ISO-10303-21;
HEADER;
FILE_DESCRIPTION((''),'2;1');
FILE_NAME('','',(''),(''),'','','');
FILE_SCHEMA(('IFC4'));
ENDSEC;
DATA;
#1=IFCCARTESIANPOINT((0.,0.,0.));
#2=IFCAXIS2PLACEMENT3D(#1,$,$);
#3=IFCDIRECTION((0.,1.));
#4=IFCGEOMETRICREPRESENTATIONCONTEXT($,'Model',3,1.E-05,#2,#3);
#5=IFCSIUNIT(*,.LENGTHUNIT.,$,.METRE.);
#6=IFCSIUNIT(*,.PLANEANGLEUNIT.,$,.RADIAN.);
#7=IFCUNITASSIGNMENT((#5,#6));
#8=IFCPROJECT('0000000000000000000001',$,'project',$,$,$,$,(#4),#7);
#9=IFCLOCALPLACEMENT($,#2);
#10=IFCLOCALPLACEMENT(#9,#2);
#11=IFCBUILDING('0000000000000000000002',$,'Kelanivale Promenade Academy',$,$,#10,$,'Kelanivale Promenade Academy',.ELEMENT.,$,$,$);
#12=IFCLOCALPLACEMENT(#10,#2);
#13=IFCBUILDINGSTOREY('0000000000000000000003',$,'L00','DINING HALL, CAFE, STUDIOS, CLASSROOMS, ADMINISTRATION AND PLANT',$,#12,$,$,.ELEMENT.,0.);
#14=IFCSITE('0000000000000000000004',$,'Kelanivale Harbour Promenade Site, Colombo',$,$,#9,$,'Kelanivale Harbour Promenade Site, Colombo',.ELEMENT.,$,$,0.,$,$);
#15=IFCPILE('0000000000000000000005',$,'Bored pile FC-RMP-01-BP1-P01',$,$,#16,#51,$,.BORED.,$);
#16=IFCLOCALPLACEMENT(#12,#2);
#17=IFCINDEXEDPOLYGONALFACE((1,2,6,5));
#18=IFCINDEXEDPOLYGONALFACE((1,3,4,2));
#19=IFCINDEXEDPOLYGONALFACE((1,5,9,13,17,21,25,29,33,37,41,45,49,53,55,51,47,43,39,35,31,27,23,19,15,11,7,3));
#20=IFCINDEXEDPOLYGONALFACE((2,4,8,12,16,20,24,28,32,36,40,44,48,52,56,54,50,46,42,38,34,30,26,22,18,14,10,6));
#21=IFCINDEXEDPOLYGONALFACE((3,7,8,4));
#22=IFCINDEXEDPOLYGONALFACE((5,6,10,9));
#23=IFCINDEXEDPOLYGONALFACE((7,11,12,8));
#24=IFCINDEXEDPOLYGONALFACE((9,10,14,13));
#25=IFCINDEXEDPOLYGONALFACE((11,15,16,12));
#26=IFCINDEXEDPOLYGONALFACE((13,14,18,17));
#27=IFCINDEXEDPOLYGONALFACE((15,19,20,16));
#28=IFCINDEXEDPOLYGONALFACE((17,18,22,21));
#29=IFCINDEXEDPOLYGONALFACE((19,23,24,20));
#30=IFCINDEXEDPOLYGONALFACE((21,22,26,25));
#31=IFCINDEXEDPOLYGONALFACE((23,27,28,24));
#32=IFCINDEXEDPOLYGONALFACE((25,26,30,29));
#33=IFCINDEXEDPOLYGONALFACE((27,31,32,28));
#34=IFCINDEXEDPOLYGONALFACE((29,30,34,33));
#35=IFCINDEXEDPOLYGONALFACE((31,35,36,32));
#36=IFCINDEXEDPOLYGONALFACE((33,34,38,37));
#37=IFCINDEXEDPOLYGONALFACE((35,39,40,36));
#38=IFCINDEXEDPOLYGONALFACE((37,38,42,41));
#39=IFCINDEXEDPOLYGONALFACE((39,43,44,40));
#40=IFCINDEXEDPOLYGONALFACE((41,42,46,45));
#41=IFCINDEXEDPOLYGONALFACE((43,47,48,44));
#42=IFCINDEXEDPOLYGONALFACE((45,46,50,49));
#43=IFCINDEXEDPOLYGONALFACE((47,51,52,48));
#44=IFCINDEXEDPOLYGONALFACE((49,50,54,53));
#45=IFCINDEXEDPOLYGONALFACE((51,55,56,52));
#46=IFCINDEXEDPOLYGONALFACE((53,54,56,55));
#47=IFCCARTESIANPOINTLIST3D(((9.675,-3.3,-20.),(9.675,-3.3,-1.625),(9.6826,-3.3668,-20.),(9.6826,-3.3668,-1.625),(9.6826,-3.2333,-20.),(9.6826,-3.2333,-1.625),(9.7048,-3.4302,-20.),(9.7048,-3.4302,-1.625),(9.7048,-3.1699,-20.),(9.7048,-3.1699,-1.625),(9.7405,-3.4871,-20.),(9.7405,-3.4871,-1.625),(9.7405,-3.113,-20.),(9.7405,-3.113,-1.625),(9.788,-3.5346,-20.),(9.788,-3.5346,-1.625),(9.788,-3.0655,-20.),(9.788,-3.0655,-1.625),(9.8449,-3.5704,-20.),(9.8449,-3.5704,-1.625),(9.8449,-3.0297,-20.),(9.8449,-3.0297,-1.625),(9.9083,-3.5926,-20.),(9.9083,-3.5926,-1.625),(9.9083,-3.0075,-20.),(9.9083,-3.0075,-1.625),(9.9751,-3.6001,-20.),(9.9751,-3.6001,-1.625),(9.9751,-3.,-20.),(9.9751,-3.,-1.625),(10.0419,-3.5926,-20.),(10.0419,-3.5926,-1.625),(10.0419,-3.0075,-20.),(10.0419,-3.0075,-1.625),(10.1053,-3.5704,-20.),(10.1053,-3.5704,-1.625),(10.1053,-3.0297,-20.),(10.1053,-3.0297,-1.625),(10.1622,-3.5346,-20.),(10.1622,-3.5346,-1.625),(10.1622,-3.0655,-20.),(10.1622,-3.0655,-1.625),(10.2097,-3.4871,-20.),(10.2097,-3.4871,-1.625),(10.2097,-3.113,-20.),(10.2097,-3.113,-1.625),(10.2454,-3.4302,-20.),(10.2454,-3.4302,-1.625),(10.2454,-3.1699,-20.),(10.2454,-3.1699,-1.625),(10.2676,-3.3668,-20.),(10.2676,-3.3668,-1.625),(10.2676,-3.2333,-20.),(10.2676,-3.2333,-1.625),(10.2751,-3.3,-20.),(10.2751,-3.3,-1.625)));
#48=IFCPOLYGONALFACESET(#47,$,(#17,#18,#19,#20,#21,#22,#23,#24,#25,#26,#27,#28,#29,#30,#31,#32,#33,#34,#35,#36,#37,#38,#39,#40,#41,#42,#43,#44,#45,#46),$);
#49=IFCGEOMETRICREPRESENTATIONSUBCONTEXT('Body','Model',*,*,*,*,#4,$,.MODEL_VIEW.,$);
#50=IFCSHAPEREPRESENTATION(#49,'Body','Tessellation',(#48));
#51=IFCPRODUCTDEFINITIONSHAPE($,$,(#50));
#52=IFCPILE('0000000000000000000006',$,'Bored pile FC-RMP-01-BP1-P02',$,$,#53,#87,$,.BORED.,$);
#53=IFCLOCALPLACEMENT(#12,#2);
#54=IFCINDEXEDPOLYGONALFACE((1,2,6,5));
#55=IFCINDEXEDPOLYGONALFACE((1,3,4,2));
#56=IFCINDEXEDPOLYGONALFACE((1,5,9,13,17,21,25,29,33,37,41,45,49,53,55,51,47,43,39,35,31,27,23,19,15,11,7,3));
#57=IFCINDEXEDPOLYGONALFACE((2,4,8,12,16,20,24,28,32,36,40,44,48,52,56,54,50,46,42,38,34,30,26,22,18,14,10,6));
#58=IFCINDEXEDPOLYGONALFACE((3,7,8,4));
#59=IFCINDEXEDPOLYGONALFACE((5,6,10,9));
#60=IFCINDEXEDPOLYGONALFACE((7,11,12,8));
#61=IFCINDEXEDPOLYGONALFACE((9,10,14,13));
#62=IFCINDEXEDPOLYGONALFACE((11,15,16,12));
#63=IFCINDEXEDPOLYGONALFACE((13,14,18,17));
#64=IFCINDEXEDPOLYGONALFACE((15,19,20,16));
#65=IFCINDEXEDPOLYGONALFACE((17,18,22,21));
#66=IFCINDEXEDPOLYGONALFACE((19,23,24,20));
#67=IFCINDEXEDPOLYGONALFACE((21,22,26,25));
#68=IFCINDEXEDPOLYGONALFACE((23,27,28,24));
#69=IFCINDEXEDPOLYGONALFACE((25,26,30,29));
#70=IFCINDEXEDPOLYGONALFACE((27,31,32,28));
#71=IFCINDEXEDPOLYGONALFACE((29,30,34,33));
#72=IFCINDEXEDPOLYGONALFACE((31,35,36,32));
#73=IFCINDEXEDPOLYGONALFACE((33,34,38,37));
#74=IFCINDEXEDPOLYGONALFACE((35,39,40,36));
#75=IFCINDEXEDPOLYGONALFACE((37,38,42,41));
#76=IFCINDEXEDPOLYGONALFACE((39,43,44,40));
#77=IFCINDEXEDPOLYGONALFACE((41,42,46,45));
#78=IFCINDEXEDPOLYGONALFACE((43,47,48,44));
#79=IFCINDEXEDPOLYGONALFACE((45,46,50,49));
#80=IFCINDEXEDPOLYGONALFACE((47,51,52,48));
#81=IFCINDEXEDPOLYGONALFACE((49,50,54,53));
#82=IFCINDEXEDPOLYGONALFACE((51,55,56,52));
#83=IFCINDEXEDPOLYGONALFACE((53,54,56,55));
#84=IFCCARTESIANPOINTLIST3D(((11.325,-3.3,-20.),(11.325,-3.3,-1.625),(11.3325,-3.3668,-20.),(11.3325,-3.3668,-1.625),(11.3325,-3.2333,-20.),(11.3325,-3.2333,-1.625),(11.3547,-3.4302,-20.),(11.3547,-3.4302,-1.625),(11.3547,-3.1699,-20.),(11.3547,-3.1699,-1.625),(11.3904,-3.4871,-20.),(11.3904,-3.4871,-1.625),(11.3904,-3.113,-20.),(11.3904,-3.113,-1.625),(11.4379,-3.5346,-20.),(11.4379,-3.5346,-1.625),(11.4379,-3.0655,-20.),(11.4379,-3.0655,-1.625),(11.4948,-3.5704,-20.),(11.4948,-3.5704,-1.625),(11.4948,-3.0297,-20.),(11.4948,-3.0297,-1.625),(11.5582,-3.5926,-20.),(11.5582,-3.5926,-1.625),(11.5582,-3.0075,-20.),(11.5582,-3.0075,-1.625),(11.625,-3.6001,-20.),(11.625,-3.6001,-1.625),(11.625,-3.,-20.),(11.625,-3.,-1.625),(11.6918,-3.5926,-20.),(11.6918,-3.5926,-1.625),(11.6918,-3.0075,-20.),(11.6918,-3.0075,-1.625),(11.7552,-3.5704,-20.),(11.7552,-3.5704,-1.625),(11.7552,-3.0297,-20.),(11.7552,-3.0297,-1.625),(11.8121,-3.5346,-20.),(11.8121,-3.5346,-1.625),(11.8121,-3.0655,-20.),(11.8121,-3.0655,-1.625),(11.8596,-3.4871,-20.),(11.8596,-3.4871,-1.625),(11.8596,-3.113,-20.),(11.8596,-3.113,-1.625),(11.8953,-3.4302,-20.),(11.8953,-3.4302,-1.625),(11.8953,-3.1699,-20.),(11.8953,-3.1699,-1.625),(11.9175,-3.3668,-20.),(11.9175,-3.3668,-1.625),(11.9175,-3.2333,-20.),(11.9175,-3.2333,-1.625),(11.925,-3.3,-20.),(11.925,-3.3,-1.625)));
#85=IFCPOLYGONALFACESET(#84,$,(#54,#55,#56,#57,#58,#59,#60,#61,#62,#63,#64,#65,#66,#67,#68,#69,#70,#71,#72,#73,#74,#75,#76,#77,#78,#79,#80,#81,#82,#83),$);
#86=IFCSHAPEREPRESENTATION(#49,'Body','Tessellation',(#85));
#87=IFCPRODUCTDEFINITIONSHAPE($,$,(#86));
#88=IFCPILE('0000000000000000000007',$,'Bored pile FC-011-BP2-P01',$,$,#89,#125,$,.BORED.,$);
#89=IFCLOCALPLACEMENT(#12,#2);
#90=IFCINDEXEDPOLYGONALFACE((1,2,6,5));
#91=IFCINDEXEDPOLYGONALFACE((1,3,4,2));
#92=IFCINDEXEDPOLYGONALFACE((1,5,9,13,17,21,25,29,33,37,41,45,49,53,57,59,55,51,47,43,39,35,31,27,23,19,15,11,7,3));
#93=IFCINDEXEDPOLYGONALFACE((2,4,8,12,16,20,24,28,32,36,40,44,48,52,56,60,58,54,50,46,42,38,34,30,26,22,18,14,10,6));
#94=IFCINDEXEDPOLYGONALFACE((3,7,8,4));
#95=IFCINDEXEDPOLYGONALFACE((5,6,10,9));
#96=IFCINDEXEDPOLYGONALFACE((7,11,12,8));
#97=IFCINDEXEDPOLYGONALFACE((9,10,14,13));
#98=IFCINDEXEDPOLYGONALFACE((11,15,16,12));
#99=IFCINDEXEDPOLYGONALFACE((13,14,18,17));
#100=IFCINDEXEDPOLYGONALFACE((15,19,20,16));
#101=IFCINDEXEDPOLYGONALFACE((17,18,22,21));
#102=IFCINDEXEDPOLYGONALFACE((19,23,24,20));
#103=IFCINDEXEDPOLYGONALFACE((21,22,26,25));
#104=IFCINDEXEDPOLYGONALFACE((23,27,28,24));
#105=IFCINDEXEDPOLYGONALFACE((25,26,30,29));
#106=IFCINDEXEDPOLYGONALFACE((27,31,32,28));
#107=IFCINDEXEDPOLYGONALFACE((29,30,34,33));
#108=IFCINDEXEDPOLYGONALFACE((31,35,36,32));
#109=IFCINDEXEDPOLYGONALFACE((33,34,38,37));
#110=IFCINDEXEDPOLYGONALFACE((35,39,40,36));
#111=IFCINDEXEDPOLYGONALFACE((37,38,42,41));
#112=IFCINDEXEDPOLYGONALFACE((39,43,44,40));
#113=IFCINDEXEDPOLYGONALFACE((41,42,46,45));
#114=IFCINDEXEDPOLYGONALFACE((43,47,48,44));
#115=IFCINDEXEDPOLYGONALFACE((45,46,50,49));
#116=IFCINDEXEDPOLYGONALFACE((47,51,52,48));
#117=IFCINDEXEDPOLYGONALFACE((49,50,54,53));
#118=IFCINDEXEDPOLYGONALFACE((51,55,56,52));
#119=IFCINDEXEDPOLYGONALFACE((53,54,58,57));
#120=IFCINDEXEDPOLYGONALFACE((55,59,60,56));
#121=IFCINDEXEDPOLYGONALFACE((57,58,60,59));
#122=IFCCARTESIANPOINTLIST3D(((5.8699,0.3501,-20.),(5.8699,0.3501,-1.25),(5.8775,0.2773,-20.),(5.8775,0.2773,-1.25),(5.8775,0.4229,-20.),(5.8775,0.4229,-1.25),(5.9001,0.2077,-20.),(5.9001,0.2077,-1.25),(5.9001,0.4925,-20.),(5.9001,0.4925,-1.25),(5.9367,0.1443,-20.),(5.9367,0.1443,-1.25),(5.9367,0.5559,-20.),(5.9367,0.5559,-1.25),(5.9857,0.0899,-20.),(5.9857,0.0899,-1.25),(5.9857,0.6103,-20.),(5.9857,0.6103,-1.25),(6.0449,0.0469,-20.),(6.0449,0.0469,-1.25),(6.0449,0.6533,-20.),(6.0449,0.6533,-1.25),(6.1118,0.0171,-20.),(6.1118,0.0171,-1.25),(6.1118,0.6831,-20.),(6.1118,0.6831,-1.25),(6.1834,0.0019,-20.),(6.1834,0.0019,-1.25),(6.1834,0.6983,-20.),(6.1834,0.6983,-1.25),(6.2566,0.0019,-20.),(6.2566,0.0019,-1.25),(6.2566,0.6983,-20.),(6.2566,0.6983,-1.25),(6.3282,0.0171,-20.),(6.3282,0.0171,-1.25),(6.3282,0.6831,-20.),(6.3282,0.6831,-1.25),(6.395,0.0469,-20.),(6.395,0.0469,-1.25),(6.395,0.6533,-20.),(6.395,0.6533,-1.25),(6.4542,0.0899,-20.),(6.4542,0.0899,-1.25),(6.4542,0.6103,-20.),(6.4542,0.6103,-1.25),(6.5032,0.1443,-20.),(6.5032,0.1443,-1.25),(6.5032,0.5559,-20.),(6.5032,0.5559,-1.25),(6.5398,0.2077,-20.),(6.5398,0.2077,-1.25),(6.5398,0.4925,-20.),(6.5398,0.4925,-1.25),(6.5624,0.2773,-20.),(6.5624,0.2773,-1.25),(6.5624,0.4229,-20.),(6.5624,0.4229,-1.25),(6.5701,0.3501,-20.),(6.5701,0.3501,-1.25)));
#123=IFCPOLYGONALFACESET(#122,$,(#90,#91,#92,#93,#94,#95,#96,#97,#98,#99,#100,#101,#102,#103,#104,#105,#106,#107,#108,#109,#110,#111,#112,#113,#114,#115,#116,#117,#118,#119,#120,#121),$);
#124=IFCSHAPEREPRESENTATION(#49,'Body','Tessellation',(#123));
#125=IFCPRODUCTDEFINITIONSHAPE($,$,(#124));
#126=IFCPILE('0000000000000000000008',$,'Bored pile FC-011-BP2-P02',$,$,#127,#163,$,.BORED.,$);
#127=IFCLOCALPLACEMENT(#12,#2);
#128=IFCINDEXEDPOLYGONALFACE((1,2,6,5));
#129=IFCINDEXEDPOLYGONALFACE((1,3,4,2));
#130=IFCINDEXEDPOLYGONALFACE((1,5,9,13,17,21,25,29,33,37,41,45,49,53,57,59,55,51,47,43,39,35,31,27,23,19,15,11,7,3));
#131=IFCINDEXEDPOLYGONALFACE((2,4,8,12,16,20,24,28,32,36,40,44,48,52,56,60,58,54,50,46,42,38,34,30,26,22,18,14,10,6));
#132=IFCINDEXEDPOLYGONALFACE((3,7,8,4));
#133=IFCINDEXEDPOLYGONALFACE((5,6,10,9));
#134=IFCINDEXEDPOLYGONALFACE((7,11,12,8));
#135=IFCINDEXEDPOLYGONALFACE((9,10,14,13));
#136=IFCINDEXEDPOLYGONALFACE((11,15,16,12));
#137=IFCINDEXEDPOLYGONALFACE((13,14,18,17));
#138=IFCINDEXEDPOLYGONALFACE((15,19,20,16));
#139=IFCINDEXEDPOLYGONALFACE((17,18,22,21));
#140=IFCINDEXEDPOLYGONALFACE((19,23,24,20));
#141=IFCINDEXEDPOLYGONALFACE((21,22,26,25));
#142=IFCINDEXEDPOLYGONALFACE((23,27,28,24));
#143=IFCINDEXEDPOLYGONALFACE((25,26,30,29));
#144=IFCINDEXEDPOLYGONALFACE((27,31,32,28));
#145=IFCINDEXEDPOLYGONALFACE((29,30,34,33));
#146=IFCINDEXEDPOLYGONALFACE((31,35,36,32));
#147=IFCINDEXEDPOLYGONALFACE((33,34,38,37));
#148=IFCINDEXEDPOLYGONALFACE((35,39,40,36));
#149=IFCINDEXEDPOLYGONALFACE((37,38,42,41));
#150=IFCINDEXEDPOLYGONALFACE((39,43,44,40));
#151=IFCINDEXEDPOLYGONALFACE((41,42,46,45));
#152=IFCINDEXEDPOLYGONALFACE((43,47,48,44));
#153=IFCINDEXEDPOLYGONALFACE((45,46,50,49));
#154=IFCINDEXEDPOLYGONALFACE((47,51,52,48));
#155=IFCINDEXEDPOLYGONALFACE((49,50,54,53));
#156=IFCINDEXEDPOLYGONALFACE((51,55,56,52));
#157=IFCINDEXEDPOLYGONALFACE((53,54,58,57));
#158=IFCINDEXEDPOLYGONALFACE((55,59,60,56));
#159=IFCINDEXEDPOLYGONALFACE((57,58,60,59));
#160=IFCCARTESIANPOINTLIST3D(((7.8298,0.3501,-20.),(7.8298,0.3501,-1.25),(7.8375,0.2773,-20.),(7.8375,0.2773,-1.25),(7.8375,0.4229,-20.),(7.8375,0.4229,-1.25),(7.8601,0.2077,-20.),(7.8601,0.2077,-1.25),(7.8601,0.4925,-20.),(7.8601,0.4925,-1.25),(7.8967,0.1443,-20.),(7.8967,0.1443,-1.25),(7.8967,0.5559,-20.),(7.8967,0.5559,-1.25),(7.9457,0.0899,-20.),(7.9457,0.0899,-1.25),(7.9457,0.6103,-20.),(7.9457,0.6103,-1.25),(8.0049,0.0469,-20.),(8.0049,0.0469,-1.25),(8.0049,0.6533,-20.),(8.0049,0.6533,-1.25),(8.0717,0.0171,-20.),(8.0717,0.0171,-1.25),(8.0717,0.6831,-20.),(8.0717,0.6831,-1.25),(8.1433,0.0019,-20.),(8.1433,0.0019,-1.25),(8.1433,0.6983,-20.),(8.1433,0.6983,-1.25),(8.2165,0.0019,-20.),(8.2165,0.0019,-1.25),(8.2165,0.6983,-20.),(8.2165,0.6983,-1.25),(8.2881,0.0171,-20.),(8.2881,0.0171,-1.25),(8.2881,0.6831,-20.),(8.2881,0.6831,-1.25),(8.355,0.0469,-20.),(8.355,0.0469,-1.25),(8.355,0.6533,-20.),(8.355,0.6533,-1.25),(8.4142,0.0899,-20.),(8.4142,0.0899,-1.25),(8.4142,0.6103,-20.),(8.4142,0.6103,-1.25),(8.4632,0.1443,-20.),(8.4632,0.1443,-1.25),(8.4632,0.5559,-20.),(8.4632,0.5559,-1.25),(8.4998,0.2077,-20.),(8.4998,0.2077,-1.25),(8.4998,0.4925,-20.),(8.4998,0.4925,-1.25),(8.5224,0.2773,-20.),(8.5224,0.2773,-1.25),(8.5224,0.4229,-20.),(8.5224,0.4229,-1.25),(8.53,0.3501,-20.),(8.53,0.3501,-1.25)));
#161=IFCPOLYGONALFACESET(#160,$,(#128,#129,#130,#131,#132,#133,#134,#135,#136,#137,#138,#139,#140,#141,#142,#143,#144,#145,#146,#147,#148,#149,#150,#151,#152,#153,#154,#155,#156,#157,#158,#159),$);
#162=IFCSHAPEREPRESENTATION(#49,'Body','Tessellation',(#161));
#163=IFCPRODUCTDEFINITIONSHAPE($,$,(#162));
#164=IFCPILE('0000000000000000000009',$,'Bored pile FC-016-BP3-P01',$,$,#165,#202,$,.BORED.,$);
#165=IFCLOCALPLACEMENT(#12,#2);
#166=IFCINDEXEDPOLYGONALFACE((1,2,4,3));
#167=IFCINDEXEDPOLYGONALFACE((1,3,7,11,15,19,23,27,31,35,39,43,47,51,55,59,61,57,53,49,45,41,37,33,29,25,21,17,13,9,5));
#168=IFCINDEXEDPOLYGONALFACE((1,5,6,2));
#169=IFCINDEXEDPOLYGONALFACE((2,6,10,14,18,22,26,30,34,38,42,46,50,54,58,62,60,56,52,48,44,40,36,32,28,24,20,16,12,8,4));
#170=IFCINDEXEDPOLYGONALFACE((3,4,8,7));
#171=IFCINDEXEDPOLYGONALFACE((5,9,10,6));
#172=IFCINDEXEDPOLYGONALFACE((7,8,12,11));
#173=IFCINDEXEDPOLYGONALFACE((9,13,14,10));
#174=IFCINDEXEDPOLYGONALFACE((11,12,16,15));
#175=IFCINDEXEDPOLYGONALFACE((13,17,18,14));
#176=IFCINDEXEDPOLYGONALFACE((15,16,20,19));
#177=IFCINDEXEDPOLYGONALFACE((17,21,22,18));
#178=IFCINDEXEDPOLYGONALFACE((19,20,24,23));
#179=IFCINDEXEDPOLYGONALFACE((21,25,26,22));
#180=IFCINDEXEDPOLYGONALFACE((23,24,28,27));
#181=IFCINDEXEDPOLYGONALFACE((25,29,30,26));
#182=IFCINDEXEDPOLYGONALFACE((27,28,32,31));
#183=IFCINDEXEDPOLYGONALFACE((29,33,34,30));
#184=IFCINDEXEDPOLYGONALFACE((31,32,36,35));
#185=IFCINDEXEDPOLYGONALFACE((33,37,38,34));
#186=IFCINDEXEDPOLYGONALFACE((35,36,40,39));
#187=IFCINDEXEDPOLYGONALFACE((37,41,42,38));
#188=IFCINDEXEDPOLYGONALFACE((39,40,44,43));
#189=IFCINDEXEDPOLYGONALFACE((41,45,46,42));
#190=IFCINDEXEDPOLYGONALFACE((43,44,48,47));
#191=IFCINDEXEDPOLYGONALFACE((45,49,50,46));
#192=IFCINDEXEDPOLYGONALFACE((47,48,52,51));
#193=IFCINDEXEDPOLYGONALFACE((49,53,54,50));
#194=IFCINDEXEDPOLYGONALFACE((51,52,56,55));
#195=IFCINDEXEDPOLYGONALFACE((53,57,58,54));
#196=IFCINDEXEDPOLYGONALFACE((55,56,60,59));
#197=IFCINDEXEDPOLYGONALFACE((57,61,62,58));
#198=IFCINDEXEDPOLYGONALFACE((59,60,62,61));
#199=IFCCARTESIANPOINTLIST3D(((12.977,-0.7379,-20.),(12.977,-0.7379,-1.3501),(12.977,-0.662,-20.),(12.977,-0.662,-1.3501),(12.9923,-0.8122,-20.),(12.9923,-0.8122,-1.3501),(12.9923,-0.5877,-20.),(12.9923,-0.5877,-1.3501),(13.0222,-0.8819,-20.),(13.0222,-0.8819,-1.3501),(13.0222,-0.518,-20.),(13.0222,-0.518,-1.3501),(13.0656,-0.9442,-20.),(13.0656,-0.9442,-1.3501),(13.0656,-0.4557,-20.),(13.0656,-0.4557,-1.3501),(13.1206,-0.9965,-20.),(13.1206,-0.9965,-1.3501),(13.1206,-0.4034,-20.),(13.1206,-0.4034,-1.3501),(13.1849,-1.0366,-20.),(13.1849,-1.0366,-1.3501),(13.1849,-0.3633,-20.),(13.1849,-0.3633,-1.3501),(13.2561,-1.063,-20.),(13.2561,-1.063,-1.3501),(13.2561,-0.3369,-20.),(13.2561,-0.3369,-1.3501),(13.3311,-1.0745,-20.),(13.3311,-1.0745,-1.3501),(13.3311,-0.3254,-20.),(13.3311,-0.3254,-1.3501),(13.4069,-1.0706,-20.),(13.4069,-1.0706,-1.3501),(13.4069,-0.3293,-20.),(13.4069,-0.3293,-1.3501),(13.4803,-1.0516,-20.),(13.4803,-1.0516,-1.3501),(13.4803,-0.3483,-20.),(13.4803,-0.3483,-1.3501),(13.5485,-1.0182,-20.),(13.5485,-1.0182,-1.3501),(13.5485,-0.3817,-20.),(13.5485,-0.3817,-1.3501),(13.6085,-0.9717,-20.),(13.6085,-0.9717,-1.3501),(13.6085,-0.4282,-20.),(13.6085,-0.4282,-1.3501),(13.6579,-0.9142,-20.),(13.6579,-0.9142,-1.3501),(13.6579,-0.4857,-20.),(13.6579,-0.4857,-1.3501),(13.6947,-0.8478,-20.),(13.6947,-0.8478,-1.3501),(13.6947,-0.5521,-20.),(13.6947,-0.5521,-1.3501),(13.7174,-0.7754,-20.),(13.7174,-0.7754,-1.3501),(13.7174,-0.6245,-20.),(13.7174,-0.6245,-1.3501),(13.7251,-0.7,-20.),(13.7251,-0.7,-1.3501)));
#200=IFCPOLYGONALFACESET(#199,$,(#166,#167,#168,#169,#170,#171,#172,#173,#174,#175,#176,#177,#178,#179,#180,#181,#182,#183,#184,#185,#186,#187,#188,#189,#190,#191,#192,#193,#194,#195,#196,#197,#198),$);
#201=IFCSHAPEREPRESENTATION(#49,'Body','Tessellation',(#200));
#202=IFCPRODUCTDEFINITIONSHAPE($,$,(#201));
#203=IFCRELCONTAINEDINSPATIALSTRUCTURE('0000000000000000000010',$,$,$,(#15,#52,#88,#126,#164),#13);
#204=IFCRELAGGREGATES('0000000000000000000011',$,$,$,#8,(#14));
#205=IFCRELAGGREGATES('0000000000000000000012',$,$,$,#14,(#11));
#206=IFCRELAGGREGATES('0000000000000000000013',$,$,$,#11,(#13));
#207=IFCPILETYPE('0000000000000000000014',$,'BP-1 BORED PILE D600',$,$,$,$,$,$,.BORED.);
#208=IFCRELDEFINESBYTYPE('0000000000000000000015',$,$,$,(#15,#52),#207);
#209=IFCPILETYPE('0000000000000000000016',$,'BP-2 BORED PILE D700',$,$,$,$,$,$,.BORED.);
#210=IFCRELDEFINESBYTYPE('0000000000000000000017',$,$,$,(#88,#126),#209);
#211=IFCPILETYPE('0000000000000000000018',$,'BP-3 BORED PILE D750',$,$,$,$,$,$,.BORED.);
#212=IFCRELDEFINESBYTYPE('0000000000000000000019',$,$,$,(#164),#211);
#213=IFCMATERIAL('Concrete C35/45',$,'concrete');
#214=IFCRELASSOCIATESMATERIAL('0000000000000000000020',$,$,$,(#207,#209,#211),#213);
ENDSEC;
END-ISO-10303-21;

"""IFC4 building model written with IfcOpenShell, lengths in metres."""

from ifc_helpers import new_model, si_unit, direction, frame, origin, origin_2d, place, context, subcontext, project, spatial, circle, extrude, material, material_profile, profile_set, type_object, element, save


model = new_model("IFC4")

# Units and contexts
model_context = context("Model", 3, precision=1e-05, world=origin(), true_north=direction((0.0, 1.0)))
body_context = subcontext(model_context, "Body", "Model", "MODEL_VIEW")
ifc_project = project(units=[si_unit("LENGTHUNIT", "METRE"), si_unit("PLANEANGLEUNIT", "RADIAN")], contexts=[model_context])

# Site, building, storey
site_placement = place(None, origin())
site = spatial("IfcSite", under=ifc_project, at=site_placement, Name="Kelanivale Harbour Promenade Site, Colombo", LongName="Kelanivale Harbour Promenade Site, Colombo", CompositionType="ELEMENT", RefElevation=0.0)
building_placement = place(site_placement, origin())
building = spatial("IfcBuilding", under=site, at=building_placement, Name="Kelanivale Promenade Academy", LongName="Kelanivale Promenade Academy", CompositionType="ELEMENT")
storey_placement = place(building_placement, origin())
storey = spatial("IfcBuildingStorey", under=building, at=storey_placement, Name="L00", Description="DINING HALL, CAFE, STUDIOS, CLASSROOMS, ADMINISTRATION AND PLANT", CompositionType="ELEMENT", Elevation=0.0)

# Piles
ifc_material_1 = material(Name="Concrete C35/45", Category="concrete")
ifc_material_profile_1 = material_profile(ifc_material_1, circle(Radius=0.3, at=origin_2d()), Name="BORED PILE D600")
ifc_profile_set_1 = profile_set([ifc_material_profile_1], Name="Concrete C35/45")
pile_type_1 = type_object("IfcPileType", Name="BP-1 BORED PILE D600", PredefinedType="BORED", material=ifc_profile_set_1)
for number, where, z_axis, x_axis, name in (
    (1, (9.9751, -3.3, -1.625), (0.0, 0.0, -1.0), (1.0, 0.0, 0.0), "Bored pile FC-RMP-01-BP1-P01"),
    (2, (11.625, -3.3, -1.625), (0.0, 0.0, -1.0), (1.0, 0.0, 0.0), "Bored pile FC-RMP-01-BP1-P02"),
):
    element("IfcPile", number, at=place(storey_placement, frame(where, z_axis=z_axis, x_axis=x_axis)), inside=storey, type_object=pile_type_1, Name=name, PredefinedType="BORED", context=body_context, shape_type="SweptSolid", body=[
        extrude(circle(Radius=0.3, at=origin_2d()), origin(), (0.0, 0.0, 1.0), 18.375),
    ])
ifc_material_profile_2 = material_profile(ifc_material_1, circle(Radius=0.3501, at=origin_2d()), Name="BORED PILE D700")
ifc_profile_set_2 = profile_set([ifc_material_profile_2], Name="Concrete C35/45")
pile_type_2 = type_object("IfcPileType", Name="BP-2 BORED PILE D700", PredefinedType="BORED", material=ifc_profile_set_2)
for number, where, z_axis, x_axis, name in (
    (3, (6.22, 0.3501, -1.25), (0.0, 0.0, -1.0), (1.0, 0.0, 0.0), "Bored pile FC-011-BP2-P01"),
    (4, (8.1799, 0.3501, -1.25), (0.0, 0.0, -1.0), (1.0, 0.0, 0.0), "Bored pile FC-011-BP2-P02"),
):
    element("IfcPile", number, at=place(storey_placement, frame(where, z_axis=z_axis, x_axis=x_axis)), inside=storey, type_object=pile_type_2, Name=name, PredefinedType="BORED", context=body_context, shape_type="SweptSolid", body=[
        extrude(circle(Radius=0.3501, at=origin_2d()), origin(), (0.0, 0.0, 1.0), 18.75),
    ])
ifc_material_profile_3 = material_profile(ifc_material_1, circle(Radius=0.375, at=origin_2d()), Name="BORED PILE D750")
ifc_profile_set_3 = profile_set([ifc_material_profile_3], Name="Concrete C35/45")
pile_type_3 = type_object("IfcPileType", Name="BP-3 BORED PILE D750", PredefinedType="BORED", material=ifc_profile_set_3)
for number, where, z_axis, x_axis, name in (
    (5, (13.3501, -0.7, -1.3501), (0.0, 0.0, -1.0), (1.0, 0.0, 0.0), "Bored pile FC-016-BP3-P01"),
):
    element("IfcPile", number, at=place(storey_placement, frame(where, z_axis=z_axis, x_axis=x_axis)), inside=storey, type_object=pile_type_3, Name=name, PredefinedType="BORED", context=body_context, shape_type="SweptSolid", body=[
        extrude(circle(Radius=0.375, at=origin_2d()), origin(), (0.0, 0.0, 1.0), 18.6499),
    ])

save(model, "model.ifc")
